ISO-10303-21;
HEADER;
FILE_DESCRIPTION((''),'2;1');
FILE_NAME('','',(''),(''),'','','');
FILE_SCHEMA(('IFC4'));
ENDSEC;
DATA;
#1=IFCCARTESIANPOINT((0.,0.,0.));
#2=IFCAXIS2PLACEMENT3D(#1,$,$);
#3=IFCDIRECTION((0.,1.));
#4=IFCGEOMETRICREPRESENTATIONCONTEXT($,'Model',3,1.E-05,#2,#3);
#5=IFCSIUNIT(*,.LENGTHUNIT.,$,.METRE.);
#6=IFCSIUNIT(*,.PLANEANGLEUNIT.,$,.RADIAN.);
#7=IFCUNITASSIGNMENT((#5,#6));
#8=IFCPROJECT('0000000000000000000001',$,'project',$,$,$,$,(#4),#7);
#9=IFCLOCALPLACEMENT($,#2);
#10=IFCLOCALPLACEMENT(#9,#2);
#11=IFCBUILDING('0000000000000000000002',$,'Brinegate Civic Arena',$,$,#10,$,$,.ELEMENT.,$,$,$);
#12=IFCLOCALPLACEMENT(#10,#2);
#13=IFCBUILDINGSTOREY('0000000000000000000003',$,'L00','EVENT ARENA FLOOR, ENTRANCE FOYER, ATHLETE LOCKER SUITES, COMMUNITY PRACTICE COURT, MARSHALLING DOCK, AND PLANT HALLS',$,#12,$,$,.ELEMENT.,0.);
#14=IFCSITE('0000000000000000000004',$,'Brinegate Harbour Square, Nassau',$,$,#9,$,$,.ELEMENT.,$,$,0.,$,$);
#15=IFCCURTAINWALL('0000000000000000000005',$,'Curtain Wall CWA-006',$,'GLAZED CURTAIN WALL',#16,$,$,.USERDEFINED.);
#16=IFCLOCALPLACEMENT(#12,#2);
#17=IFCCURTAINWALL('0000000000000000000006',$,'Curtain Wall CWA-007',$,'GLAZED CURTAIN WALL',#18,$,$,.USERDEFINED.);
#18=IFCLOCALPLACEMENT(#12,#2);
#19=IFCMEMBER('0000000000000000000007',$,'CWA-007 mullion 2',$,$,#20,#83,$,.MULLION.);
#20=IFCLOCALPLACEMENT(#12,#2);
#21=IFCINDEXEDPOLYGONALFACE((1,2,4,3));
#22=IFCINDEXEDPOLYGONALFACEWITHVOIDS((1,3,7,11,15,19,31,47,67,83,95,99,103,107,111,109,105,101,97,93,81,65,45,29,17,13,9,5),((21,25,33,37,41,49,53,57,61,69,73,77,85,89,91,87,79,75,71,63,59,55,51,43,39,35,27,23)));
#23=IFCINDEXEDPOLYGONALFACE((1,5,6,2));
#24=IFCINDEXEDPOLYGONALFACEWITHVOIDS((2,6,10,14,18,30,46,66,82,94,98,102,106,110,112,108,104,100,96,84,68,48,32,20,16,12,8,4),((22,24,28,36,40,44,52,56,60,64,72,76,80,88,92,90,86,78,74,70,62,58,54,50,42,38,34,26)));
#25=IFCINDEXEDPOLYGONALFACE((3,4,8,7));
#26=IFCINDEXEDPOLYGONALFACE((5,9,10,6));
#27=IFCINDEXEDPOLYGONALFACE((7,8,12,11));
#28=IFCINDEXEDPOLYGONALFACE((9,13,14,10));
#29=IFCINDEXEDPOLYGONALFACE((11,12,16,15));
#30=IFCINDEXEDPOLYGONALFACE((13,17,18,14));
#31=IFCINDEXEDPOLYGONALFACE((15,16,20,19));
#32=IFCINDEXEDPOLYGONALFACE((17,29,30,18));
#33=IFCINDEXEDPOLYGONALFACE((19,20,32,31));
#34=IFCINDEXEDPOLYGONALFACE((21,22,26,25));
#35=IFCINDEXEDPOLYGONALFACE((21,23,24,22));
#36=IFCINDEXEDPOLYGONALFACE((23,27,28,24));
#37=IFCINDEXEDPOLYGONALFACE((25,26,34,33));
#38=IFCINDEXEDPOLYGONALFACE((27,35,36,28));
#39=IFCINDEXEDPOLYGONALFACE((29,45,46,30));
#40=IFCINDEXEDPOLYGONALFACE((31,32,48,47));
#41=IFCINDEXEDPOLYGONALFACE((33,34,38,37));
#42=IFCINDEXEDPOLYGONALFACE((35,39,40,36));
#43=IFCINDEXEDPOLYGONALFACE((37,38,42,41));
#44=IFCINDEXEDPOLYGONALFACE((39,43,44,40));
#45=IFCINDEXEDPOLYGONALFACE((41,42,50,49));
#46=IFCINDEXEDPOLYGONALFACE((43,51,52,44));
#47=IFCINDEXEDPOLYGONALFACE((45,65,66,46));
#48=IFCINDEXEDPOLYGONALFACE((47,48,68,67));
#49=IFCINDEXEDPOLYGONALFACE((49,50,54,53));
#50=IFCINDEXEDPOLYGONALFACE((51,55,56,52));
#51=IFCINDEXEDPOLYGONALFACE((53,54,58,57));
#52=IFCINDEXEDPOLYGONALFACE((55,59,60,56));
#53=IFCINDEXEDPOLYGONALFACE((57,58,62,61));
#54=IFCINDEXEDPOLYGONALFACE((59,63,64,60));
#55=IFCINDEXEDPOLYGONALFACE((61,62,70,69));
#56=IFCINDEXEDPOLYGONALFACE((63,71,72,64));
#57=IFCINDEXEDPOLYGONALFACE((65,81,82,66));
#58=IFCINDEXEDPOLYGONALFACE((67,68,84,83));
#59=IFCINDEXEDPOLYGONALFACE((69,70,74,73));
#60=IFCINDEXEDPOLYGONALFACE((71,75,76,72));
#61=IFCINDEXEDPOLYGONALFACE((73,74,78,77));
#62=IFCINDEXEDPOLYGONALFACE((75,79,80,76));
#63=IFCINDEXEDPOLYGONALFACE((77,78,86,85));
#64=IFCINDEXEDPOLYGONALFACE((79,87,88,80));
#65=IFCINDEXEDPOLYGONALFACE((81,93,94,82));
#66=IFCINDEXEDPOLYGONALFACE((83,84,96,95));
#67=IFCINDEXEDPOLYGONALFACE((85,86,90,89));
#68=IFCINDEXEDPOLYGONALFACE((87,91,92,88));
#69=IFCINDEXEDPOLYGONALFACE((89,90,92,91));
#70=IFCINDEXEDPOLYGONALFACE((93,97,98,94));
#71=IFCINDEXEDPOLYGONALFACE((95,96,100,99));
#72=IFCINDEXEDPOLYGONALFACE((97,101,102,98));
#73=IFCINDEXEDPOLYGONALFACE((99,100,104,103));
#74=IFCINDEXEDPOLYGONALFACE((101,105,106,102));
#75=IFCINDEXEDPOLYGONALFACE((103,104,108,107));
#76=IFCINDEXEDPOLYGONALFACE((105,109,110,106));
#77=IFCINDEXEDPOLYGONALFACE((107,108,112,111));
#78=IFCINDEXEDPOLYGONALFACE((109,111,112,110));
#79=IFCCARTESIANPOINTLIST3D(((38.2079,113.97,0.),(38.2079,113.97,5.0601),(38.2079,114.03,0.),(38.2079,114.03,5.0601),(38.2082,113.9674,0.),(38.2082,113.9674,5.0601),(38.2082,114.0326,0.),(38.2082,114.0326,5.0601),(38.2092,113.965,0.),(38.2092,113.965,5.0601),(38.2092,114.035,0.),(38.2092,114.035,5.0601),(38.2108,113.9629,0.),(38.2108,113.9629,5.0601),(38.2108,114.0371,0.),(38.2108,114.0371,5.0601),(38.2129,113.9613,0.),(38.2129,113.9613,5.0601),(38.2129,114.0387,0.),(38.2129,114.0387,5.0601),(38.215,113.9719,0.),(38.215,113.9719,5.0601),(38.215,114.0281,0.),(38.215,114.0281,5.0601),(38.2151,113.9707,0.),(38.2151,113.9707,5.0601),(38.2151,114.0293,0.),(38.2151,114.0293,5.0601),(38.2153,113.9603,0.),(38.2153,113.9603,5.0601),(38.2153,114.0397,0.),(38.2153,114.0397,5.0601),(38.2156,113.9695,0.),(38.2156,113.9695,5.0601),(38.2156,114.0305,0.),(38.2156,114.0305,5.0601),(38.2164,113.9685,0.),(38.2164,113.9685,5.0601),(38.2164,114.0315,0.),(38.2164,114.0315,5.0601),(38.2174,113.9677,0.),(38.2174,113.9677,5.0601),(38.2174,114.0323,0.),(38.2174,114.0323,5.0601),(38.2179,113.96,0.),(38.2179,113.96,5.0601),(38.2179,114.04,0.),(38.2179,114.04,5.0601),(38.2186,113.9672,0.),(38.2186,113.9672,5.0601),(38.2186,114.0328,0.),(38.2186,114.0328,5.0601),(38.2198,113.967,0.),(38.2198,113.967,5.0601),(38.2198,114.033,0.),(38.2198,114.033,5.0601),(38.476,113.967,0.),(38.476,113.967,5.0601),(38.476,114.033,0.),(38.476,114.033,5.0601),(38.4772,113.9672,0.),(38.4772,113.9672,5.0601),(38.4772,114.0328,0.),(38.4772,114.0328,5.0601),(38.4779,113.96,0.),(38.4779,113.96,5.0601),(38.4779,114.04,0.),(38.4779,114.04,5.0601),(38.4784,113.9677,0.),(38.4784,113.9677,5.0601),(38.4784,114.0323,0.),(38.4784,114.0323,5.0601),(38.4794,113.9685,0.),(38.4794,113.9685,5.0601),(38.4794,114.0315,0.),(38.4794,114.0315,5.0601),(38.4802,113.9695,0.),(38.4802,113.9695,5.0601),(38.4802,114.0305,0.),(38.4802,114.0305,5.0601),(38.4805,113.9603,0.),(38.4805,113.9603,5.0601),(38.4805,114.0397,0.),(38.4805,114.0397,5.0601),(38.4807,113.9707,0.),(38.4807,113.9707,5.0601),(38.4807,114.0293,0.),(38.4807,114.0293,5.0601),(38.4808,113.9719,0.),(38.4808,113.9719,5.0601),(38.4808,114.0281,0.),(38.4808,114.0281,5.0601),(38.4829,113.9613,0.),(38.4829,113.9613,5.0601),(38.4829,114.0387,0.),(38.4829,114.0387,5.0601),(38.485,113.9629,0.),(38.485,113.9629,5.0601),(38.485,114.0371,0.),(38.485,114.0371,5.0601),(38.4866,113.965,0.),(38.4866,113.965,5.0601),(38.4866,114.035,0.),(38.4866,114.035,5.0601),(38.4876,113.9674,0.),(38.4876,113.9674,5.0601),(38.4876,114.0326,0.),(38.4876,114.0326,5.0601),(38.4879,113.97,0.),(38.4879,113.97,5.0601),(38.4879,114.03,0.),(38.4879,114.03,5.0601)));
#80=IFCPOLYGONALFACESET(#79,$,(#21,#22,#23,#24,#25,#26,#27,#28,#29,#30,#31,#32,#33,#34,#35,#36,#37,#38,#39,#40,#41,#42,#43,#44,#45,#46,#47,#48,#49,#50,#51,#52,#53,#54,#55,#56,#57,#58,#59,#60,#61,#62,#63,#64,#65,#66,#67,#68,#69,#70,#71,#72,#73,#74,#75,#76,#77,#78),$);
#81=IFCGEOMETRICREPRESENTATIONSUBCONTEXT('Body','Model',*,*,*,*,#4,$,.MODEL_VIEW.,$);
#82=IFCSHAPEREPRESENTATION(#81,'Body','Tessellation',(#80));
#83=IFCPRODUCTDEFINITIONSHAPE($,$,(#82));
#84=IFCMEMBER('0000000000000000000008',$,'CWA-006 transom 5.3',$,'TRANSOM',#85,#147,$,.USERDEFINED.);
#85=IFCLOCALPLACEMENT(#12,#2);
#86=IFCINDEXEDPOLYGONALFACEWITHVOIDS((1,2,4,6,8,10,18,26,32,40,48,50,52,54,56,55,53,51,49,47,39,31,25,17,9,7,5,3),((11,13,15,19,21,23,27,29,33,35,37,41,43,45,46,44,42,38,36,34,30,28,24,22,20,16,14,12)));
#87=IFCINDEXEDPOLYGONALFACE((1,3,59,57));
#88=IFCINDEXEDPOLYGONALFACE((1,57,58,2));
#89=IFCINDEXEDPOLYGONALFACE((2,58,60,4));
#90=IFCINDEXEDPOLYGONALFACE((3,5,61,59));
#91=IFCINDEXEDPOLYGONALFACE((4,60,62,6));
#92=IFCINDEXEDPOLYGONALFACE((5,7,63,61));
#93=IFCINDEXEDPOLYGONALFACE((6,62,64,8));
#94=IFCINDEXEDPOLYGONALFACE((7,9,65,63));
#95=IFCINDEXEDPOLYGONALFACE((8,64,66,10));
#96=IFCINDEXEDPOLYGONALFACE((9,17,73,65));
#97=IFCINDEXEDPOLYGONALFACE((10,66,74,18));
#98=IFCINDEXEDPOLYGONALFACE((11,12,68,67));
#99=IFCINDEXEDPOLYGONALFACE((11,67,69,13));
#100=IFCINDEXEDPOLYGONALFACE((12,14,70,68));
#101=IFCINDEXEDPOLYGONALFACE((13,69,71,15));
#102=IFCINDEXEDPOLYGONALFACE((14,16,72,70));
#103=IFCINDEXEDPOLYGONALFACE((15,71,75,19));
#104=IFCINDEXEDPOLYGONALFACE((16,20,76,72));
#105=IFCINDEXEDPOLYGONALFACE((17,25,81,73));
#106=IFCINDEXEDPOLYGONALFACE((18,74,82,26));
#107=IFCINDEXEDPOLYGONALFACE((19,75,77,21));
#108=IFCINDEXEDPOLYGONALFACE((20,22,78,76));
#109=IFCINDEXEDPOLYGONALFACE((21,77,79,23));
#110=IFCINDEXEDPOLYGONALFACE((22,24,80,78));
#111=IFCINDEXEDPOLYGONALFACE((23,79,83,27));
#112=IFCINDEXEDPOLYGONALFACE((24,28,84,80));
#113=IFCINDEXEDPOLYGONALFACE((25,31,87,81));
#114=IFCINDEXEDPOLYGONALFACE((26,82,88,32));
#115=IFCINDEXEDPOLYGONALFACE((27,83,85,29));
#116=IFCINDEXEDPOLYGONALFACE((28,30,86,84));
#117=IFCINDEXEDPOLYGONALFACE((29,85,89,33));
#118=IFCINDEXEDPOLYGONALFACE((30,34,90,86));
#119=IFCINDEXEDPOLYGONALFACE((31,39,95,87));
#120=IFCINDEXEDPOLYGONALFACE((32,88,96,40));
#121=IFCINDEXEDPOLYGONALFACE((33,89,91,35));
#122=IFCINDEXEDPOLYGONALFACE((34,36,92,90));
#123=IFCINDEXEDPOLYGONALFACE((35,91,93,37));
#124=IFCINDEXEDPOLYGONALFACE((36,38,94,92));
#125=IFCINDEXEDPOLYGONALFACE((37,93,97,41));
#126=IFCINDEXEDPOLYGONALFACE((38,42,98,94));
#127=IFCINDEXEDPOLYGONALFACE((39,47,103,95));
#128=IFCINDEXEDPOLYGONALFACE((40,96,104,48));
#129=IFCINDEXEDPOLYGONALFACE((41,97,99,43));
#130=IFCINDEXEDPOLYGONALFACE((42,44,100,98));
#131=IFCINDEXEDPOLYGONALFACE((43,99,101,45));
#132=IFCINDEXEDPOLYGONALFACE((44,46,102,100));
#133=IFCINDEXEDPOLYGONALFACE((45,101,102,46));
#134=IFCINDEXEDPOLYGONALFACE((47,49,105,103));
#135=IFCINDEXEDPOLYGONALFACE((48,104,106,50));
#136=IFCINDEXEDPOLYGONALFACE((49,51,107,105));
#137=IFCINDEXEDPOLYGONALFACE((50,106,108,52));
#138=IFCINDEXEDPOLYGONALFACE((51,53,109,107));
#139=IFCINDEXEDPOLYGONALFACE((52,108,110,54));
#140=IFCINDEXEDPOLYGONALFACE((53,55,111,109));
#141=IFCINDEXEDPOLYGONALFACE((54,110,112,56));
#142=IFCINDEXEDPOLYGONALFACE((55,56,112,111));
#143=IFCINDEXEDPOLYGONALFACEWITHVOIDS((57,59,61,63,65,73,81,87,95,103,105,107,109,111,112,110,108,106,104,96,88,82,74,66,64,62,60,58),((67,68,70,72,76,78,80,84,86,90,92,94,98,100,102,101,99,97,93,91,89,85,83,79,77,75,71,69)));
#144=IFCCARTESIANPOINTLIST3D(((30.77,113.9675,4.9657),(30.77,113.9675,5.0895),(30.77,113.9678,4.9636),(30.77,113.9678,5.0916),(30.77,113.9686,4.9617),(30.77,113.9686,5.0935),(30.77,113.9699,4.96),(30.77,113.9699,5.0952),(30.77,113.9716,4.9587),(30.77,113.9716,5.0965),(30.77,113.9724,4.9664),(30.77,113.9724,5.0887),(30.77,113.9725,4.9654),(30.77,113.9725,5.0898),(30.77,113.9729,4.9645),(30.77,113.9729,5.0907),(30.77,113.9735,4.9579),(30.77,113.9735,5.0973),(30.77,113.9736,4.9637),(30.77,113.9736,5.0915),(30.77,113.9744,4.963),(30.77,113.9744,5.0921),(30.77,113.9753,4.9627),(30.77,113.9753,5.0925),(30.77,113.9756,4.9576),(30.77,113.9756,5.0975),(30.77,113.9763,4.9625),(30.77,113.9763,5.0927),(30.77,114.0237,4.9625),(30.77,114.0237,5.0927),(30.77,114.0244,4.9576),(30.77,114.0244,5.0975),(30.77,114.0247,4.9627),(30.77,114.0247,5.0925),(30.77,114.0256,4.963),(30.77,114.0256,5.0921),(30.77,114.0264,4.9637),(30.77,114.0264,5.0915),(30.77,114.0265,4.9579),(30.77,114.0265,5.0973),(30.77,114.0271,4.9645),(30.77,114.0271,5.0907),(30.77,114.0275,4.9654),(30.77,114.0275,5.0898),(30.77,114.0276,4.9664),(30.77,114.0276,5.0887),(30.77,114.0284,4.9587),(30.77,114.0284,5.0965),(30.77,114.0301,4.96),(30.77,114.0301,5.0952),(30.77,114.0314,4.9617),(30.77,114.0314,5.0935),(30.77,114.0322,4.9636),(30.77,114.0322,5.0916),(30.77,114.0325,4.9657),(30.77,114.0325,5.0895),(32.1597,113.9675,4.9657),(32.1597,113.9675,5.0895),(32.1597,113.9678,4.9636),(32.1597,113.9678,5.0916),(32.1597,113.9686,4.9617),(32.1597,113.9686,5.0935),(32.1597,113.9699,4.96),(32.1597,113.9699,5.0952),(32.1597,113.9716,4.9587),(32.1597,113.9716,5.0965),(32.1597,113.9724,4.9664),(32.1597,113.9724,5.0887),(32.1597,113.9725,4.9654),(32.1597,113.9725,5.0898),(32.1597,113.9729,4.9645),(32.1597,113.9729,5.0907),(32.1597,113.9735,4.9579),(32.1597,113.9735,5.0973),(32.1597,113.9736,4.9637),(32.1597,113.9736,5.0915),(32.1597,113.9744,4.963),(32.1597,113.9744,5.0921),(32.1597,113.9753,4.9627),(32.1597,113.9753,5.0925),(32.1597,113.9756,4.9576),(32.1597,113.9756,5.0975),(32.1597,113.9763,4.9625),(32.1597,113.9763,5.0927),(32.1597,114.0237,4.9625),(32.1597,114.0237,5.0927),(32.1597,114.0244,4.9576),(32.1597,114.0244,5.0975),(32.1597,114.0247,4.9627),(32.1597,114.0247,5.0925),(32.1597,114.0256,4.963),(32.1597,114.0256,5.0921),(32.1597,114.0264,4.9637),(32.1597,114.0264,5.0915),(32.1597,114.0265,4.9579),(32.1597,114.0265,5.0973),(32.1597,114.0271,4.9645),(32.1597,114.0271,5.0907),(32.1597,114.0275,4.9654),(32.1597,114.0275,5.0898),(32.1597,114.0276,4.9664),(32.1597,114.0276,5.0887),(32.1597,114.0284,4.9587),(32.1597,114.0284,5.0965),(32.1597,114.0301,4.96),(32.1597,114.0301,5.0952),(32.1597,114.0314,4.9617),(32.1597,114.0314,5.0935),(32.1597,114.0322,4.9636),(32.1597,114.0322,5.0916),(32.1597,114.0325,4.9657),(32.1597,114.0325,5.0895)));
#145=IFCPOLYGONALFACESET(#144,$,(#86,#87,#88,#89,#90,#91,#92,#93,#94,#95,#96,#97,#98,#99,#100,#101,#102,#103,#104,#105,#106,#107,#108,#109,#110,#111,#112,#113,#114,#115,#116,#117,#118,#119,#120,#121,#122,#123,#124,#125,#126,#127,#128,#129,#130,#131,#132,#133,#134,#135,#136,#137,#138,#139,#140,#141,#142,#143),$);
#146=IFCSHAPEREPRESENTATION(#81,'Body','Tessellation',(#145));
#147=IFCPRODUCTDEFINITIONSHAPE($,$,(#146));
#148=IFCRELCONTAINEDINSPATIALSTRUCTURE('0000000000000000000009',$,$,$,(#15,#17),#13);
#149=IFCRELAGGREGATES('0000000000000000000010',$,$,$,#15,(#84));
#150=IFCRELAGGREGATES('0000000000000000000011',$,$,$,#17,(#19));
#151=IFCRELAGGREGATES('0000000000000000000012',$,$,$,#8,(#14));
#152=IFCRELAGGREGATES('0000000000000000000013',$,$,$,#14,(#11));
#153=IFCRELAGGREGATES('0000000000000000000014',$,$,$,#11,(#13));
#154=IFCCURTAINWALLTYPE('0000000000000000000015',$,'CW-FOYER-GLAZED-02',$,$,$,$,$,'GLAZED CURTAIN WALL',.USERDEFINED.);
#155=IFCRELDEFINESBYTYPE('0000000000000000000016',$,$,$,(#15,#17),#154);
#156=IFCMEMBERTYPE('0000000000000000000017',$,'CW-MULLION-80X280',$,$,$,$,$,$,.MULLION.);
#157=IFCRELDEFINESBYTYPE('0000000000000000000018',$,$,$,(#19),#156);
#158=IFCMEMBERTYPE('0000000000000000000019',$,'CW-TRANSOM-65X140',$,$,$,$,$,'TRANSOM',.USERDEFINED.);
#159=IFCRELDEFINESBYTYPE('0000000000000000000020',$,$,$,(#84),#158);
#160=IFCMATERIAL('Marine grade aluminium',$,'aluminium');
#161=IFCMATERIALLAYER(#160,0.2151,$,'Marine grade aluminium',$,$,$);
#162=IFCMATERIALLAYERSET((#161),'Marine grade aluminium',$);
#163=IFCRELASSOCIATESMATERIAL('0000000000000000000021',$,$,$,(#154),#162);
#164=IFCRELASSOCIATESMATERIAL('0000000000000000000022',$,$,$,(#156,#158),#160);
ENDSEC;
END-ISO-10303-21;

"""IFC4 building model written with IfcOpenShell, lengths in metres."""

from ifc_helpers import new_model, si_unit, direction, frame, origin, origin_2d, place, context, subcontext, project, spatial, hollow_rectangle, extrude, material, layer, layer_set, material_profile, profile_set, type_object, element, aggregate, save


model = new_model("IFC4")

# Units and contexts
model_context = context("Model", 3, precision=1e-05, world=origin(), true_north=direction((0.0, 1.0)))
body_context = subcontext(model_context, "Body", "Model", "MODEL_VIEW")
ifc_project = project(units=[si_unit("LENGTHUNIT", "METRE"), si_unit("PLANEANGLEUNIT", "RADIAN")], contexts=[model_context])

# Site, building, storey
site_placement = place(None, origin())
site = spatial("IfcSite", under=ifc_project, at=site_placement, Name="Brinegate Harbour Square, Nassau", CompositionType="ELEMENT", RefElevation=0.0)
building_placement = place(site_placement, origin())
building = spatial("IfcBuilding", under=site, at=building_placement, Name="Brinegate Civic Arena", CompositionType="ELEMENT")
storey_placement = place(building_placement, origin())
storey = spatial("IfcBuildingStorey", under=building, at=storey_placement, Name="L00", Description="EVENT ARENA FLOOR, ENTRANCE FOYER, ATHLETE LOCKER SUITES, COMMUNITY PRACTICE COURT, MARSHALLING DOCK, AND PLANT HALLS", CompositionType="ELEMENT", Elevation=0.0)

# Curtain walls, member
ifc_material_1 = material(Name="Marine grade aluminium", Category="aluminium")
ifc_layer_1 = layer(ifc_material_1, 0.2151, Name="Marine grade aluminium")
ifc_layer_set_1 = layer_set([ifc_layer_1], Name="Marine grade aluminium")
curtain_wall_type = type_object("IfcCurtainWallType", Name="CW-FOYER-GLAZED-02", ElementType="GLAZED CURTAIN WALL", PredefinedType="USERDEFINED", material=ifc_layer_set_1)
curtain_wall_1_placement = place(storey_placement, origin())
curtain_wall_1 = element("IfcCurtainWall", 1, at=curtain_wall_1_placement, inside=storey, type_object=curtain_wall_type, Name="Curtain Wall CWA-006", ObjectType="GLAZED CURTAIN WALL", PredefinedType="USERDEFINED")
curtain_wall_2_placement = place(storey_placement, origin())
curtain_wall_2 = element("IfcCurtainWall", 2, at=curtain_wall_2_placement, inside=storey, type_object=curtain_wall_type, Name="Curtain Wall CWA-007", ObjectType="GLAZED CURTAIN WALL", PredefinedType="USERDEFINED")
ifc_material_profile_1 = material_profile(ifc_material_1, hollow_rectangle(XDim=0.0801, YDim=0.28, WallThickness=0.0071, InnerFilletRadius=0.0049, OuterFilletRadius=0.01, at=origin_2d()), Name="MUL80X280")
ifc_profile_set_1 = profile_set([ifc_material_profile_1], Name="Marine grade aluminium")
member_type_1 = type_object("IfcMemberType", Name="CW-MULLION-80X280", PredefinedType="MULLION", material=ifc_profile_set_1)
member_1_placement = place(storey_placement, frame((38.3479, 114.0, 0.0), z_axis=(0.0, 0.0, 1.0), x_axis=(0.0, 1.0, 0.0)))
member_1 = element("IfcMember", 3, at=member_1_placement, type_object=member_type_1, Name="CWA-007 mullion 2", PredefinedType="MULLION", context=body_context, shape_type="SweptSolid", body=[
    extrude(hollow_rectangle(XDim=0.0801, YDim=0.28, WallThickness=0.0071, InnerFilletRadius=0.0049, OuterFilletRadius=0.01, at=origin_2d()), origin(), (0.0, 0.0, 1.0), 5.0601),
])

# Member
ifc_material_profile_2 = material_profile(ifc_material_1, hollow_rectangle(XDim=0.0649, YDim=0.1399, WallThickness=0.0049, InnerFilletRadius=0.0039, OuterFilletRadius=0.0081, at=origin_2d()), Name="TRN65X140")
ifc_profile_set_2 = profile_set([ifc_material_profile_2], Name="Marine grade aluminium")
member_type_2 = type_object("IfcMemberType", Name="CW-TRANSOM-65X140", ElementType="TRANSOM", PredefinedType="USERDEFINED", material=ifc_profile_set_2)
member_2_placement = place(storey_placement, frame((30.77, 114.0, 5.0276), z_axis=(1.0, 0.0, 0.0), x_axis=(0.0, 1.0, 0.0)))
member_2 = element("IfcMember", 4, at=member_2_placement, type_object=member_type_2, Name="CWA-006 transom 5.3", ObjectType="TRANSOM", PredefinedType="USERDEFINED", context=body_context, shape_type="SweptSolid", body=[
    extrude(hollow_rectangle(XDim=0.0649, YDim=0.1399, WallThickness=0.0049, InnerFilletRadius=0.0039, OuterFilletRadius=0.0081, at=origin_2d()), origin(), (0.0, 0.0, 1.0), 1.3896),
])

aggregate(curtain_wall_1, [member_2])
aggregate(curtain_wall_2, [member_1])

save(model, "model.ifc")
